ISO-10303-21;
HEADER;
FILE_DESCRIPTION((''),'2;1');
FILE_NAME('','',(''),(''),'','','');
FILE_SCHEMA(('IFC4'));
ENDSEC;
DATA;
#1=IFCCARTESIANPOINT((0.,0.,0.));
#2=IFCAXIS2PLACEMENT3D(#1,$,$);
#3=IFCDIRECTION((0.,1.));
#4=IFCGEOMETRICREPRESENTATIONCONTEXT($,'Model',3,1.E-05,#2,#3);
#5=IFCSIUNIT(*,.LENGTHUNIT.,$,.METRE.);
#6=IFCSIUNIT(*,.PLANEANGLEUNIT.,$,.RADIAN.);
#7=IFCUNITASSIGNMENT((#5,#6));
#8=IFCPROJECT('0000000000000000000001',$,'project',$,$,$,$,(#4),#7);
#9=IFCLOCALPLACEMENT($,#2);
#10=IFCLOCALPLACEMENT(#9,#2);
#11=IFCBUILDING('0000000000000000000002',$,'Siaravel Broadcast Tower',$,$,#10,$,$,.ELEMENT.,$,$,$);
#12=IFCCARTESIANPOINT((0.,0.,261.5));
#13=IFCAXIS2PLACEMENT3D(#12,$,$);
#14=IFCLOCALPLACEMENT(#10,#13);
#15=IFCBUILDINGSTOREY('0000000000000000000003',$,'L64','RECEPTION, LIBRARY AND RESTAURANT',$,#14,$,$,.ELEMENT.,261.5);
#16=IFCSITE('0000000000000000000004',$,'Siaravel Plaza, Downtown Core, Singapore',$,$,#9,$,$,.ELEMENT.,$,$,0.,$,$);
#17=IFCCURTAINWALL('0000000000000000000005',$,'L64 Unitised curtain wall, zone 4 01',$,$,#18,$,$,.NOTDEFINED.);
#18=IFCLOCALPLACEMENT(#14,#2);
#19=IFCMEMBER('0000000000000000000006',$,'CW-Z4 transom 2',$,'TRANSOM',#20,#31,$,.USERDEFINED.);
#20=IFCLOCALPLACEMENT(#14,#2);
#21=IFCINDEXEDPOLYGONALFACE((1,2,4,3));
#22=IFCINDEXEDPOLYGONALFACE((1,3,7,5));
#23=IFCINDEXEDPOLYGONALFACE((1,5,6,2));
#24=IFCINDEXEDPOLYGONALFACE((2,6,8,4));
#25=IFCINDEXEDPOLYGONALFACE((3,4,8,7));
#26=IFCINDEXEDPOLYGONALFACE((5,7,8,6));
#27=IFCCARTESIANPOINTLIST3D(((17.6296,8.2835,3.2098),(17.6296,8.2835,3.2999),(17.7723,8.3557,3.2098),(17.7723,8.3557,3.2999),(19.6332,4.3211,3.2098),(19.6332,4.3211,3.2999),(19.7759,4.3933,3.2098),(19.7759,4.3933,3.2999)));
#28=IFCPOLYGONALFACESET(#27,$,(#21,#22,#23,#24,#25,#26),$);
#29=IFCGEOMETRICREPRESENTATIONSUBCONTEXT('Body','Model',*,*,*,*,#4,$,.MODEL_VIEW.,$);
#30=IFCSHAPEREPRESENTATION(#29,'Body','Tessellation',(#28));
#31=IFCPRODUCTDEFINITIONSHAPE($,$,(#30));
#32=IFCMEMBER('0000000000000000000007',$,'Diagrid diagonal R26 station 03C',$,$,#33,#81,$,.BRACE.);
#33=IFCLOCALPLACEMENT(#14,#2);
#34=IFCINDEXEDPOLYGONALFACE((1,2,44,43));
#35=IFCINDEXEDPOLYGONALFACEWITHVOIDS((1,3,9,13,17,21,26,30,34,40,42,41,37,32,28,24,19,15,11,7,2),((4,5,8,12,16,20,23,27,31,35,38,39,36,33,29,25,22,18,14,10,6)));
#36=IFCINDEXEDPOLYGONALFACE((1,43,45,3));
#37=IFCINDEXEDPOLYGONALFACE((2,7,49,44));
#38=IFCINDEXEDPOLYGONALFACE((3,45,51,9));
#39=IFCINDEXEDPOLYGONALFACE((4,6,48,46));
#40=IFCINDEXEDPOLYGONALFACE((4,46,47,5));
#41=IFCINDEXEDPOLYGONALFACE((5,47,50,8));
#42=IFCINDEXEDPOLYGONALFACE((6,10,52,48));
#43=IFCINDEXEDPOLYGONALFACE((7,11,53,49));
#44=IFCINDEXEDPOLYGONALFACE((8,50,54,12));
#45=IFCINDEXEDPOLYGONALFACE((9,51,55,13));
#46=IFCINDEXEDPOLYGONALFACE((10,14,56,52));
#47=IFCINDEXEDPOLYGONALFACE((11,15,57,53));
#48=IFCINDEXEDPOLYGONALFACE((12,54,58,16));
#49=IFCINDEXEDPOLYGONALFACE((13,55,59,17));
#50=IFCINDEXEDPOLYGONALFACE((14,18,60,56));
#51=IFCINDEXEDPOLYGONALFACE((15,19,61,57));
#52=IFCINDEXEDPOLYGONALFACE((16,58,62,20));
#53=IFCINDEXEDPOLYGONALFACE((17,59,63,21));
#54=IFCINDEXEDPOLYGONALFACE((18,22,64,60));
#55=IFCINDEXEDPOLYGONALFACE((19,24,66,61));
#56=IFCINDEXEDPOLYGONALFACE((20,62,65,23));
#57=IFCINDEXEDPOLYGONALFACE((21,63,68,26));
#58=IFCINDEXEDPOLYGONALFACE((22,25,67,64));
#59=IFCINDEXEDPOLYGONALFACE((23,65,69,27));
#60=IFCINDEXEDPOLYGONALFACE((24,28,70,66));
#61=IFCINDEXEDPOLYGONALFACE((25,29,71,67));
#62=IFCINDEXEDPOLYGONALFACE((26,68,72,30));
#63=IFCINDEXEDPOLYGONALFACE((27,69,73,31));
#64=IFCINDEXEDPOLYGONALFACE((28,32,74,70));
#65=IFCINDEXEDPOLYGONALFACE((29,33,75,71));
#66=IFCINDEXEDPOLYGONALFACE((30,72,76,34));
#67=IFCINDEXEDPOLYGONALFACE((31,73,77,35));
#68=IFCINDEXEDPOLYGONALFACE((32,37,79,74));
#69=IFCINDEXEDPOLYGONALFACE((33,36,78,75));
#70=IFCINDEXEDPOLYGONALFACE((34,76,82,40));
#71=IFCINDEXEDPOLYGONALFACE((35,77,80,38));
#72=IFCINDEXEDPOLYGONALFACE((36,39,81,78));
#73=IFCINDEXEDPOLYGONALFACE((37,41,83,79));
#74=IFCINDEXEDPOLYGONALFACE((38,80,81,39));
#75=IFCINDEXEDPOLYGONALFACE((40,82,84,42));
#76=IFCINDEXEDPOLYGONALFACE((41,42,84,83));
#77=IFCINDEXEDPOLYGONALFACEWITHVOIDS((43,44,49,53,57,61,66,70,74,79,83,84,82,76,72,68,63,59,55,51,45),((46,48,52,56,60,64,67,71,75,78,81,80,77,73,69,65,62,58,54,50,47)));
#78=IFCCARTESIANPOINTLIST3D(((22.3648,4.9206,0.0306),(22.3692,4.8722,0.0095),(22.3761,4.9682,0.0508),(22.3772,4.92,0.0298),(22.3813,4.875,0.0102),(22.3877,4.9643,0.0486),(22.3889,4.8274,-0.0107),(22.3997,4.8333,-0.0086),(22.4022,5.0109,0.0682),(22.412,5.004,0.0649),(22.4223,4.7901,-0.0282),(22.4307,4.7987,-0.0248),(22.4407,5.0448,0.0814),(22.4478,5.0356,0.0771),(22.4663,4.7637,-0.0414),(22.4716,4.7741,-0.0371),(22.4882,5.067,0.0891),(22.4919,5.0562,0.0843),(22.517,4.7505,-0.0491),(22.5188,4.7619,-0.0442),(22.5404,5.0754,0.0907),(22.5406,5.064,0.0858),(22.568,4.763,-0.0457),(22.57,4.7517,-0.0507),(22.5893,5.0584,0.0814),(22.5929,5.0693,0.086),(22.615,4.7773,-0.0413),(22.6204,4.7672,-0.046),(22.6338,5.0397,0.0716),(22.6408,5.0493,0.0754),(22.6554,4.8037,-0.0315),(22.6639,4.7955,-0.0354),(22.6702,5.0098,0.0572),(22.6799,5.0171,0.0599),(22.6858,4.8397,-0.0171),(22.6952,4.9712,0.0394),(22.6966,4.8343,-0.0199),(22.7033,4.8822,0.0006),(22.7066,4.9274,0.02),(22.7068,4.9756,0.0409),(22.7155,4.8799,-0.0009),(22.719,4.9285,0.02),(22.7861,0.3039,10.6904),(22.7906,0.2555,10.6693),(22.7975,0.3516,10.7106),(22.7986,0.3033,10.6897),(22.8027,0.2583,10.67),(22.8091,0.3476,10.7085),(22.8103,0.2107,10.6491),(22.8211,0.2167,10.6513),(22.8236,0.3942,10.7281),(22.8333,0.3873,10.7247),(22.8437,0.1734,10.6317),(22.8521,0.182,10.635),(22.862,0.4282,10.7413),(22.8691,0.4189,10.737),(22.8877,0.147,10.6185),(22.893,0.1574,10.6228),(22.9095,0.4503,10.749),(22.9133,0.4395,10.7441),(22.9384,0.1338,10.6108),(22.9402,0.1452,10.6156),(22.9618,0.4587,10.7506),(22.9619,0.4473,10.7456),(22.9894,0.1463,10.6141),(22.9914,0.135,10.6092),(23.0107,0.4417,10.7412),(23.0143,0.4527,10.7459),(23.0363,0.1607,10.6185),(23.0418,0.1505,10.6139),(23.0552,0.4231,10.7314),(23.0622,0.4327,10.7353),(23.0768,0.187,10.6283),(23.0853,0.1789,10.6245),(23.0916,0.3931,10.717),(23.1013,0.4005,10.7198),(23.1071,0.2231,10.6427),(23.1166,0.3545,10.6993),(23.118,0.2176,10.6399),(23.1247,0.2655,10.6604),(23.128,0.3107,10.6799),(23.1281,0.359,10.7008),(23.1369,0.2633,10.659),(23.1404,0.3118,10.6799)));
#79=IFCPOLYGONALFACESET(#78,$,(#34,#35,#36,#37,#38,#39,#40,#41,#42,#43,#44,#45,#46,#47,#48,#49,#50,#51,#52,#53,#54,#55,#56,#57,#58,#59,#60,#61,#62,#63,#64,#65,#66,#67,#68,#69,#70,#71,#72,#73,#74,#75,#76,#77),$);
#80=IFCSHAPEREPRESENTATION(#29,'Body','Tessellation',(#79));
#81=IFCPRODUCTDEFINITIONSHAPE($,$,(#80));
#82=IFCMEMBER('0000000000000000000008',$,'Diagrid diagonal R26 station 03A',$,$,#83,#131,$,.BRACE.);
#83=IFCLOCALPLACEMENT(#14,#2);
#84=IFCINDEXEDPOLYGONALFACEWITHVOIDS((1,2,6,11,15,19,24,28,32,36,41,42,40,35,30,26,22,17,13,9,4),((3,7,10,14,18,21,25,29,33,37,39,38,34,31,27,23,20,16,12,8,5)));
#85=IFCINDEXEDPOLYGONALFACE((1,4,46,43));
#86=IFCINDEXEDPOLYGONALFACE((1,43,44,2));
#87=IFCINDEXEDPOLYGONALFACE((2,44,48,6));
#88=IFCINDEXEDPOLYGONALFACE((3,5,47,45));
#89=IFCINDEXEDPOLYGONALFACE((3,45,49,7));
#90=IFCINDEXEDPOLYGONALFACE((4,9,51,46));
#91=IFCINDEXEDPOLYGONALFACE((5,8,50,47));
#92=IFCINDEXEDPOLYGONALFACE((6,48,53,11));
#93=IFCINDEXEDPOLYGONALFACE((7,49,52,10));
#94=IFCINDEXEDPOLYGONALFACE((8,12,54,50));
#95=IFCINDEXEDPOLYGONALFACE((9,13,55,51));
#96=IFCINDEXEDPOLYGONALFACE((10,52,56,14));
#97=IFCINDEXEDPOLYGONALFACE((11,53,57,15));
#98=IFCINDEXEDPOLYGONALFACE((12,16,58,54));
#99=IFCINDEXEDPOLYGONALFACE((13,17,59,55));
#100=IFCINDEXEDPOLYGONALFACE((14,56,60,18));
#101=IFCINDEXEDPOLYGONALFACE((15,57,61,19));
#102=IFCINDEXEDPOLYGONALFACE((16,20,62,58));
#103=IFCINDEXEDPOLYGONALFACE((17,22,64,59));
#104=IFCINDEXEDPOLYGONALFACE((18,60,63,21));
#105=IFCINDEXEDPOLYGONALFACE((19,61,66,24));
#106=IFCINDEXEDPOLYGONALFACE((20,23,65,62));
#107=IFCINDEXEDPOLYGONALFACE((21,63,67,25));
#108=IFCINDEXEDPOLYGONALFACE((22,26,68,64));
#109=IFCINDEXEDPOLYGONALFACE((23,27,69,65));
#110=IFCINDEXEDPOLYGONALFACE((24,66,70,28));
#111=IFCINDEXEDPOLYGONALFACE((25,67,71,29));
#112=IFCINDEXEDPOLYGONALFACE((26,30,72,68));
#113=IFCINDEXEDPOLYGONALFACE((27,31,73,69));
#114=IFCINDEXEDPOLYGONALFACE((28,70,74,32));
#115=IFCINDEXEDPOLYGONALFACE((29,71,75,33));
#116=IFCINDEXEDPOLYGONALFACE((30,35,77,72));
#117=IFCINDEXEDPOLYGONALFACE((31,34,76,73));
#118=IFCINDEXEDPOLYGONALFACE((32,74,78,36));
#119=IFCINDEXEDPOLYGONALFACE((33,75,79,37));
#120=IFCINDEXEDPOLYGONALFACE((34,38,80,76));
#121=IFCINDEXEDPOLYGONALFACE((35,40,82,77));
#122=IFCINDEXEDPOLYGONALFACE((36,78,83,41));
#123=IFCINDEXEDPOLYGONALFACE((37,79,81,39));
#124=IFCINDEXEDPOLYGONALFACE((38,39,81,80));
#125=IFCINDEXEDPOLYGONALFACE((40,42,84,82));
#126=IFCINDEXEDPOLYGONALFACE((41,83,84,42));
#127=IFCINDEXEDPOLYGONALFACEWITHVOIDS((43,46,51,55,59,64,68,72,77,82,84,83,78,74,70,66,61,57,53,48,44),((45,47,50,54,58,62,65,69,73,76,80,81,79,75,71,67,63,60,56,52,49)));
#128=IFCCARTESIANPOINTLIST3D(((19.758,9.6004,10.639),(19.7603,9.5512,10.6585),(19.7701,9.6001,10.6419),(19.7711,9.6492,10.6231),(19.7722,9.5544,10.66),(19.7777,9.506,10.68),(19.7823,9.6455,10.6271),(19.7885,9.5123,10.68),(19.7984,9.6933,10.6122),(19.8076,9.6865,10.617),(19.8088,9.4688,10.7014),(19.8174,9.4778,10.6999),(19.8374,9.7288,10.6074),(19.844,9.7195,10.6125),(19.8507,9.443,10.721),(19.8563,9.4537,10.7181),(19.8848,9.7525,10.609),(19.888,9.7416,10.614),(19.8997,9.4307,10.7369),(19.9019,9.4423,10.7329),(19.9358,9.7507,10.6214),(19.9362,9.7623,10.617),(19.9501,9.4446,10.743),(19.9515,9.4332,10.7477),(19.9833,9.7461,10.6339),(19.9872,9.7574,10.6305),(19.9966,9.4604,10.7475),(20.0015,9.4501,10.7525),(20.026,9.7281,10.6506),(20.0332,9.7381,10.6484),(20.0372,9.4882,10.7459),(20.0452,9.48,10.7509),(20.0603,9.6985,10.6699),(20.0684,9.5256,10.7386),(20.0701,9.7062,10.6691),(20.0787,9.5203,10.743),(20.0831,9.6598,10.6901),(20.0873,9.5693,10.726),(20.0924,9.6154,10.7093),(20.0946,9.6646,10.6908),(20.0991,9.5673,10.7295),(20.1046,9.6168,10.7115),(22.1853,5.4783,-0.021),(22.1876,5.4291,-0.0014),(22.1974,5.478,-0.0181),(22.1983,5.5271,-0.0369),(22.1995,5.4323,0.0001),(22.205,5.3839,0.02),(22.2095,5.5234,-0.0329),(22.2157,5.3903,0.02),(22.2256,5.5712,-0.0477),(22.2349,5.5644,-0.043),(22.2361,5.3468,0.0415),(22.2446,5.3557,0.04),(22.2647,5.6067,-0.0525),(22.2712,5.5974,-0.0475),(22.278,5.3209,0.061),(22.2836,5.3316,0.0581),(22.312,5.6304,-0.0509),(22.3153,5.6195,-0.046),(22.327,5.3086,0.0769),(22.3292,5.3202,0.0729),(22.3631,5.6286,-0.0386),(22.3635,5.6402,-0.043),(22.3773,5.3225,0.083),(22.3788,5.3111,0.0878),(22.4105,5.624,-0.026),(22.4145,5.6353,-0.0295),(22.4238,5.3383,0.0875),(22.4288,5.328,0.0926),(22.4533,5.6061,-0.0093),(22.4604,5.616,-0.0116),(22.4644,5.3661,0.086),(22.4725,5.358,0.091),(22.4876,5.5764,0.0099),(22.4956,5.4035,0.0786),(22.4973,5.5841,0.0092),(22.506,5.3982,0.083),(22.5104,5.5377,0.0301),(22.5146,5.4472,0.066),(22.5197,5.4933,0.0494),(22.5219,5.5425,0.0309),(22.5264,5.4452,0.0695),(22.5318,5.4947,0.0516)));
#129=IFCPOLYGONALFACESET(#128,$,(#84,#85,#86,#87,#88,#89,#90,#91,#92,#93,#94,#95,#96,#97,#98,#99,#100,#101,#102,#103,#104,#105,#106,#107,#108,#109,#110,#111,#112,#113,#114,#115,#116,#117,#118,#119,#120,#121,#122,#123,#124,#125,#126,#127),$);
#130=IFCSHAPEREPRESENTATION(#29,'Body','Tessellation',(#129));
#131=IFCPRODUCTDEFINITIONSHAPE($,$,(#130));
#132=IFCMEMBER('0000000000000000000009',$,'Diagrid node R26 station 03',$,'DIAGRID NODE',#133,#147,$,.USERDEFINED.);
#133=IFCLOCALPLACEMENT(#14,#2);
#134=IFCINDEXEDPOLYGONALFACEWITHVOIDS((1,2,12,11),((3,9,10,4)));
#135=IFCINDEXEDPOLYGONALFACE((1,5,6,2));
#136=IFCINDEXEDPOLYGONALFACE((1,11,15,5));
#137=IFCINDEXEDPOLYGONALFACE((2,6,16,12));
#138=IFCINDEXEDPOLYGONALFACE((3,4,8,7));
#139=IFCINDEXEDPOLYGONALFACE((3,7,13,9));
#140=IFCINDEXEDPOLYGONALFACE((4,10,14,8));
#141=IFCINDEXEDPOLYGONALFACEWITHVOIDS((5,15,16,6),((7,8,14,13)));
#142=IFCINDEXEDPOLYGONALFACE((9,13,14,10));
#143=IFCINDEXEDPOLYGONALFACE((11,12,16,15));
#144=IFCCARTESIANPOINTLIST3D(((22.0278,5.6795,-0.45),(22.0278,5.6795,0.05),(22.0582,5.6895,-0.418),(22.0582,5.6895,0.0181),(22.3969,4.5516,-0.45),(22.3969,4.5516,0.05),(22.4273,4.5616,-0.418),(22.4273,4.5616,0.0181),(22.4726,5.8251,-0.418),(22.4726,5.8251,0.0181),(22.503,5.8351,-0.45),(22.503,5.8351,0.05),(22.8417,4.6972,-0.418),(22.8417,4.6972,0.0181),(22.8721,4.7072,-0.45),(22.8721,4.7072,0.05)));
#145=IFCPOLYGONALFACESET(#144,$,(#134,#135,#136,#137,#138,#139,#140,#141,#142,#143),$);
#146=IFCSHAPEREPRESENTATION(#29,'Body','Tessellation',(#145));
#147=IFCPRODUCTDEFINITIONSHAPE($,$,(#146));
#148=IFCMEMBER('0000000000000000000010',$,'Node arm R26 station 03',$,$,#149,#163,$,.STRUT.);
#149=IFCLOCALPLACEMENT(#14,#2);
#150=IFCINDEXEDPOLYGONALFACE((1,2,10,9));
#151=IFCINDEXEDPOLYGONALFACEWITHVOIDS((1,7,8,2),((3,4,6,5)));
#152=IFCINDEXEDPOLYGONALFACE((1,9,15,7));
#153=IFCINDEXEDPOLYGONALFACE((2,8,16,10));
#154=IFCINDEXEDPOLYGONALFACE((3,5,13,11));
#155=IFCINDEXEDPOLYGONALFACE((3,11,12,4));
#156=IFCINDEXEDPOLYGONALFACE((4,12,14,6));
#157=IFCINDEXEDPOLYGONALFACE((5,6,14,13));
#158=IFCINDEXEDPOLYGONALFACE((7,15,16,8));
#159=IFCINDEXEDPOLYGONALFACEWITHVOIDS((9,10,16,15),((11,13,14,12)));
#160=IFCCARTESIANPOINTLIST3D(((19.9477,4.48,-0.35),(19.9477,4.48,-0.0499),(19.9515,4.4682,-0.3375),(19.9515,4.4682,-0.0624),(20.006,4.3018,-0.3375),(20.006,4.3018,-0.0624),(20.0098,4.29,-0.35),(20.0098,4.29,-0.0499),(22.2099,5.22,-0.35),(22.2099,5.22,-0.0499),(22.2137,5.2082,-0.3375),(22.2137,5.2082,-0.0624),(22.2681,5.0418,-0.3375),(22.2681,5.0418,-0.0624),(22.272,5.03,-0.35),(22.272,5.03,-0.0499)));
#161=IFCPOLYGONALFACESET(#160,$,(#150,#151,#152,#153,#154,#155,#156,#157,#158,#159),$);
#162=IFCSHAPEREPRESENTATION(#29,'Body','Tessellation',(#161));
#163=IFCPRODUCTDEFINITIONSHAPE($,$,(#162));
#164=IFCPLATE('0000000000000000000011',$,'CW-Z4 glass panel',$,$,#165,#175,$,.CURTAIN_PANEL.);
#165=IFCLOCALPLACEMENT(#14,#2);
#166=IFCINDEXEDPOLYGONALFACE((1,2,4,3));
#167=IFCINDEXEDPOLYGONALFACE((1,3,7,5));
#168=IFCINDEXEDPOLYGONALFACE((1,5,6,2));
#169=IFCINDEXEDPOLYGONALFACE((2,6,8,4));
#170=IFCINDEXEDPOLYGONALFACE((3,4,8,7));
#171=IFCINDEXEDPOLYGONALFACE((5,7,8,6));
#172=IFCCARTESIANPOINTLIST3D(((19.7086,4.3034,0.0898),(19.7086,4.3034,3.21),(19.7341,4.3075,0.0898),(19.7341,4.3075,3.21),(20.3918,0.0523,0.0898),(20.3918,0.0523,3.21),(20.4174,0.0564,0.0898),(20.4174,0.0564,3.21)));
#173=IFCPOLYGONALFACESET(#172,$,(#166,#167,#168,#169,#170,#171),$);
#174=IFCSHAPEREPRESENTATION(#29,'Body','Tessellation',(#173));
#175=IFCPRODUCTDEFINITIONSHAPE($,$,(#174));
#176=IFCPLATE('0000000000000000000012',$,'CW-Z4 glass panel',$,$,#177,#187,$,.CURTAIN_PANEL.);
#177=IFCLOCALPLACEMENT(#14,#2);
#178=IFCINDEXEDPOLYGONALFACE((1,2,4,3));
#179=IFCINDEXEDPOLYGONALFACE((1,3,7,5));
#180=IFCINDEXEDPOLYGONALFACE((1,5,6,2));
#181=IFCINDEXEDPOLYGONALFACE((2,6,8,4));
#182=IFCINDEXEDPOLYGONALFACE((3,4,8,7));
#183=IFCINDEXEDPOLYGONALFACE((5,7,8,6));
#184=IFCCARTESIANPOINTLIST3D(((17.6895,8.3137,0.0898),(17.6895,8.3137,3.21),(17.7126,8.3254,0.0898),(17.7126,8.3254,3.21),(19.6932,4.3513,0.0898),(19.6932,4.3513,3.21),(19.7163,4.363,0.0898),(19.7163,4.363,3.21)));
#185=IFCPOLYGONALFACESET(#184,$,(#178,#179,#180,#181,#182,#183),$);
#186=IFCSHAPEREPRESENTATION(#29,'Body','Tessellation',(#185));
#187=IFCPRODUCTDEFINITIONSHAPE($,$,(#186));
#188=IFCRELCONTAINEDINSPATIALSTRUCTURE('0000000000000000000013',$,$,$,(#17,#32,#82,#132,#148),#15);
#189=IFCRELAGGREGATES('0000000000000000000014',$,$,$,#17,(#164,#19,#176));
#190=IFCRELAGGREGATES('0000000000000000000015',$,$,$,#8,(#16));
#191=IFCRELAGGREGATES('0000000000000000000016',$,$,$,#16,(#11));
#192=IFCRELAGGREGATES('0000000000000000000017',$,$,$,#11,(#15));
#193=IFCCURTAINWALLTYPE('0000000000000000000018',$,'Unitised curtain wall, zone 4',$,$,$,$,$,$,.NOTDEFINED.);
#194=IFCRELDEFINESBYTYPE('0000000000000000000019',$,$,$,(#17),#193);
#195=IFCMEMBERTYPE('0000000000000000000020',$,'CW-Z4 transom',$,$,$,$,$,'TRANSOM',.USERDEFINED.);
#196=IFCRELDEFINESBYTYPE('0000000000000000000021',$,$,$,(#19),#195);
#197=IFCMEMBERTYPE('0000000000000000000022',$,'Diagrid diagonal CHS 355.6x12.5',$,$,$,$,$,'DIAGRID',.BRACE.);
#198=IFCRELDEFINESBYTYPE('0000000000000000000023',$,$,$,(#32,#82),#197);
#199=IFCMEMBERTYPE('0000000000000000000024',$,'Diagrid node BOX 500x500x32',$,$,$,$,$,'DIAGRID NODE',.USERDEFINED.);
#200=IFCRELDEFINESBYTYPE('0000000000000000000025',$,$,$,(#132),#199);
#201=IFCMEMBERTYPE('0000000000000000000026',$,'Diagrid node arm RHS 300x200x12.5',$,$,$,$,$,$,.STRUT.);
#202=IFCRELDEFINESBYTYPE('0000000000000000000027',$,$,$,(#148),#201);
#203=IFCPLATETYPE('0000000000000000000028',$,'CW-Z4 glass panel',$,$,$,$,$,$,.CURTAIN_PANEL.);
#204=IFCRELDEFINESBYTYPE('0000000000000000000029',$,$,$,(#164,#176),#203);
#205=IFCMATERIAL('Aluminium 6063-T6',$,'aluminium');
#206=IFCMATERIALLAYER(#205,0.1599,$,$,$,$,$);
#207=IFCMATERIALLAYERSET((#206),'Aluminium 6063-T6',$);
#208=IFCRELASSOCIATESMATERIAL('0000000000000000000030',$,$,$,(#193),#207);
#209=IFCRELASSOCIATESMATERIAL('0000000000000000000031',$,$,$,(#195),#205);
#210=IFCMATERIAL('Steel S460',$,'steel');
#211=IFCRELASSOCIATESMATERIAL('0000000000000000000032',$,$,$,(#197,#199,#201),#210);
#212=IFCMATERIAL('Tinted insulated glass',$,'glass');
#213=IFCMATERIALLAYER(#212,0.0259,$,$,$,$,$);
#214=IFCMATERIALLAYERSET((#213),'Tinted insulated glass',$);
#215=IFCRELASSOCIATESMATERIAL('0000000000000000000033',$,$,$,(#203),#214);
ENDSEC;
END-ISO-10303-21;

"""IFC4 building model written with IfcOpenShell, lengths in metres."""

from ifc_helpers import new_model, si_unit, direction, frame, origin, origin_2d, place, context, subcontext, project, spatial, rectangle, hollow_rectangle, hollow_circle, extrude, material, layer, layer_set, material_profile, profile_set, type_object, element, aggregate, save


model = new_model("IFC4")

# Units and contexts
model_context = context("Model", 3, precision=1e-05, world=origin(), true_north=direction((0.0, 1.0)))
body_context = subcontext(model_context, "Body", "Model", "MODEL_VIEW")
ifc_project = project(units=[si_unit("LENGTHUNIT", "METRE"), si_unit("PLANEANGLEUNIT", "RADIAN")], contexts=[model_context])

# Site, building, storey
site_placement = place(None, origin())
site = spatial("IfcSite", under=ifc_project, at=site_placement, Name="Siaravel Plaza, Downtown Core, Singapore", CompositionType="ELEMENT", RefElevation=0.0)
building_placement = place(site_placement, origin())
building = spatial("IfcBuilding", under=site, at=building_placement, Name="Siaravel Broadcast Tower", CompositionType="ELEMENT")
storey_placement = place(building_placement, frame((0.0, 0.0, 261.5)))
storey = spatial("IfcBuildingStorey", under=building, at=storey_placement, Name="L64", Description="RECEPTION, LIBRARY AND RESTAURANT", CompositionType="ELEMENT", Elevation=261.5)

# Curtain wall, member
ifc_material_1 = material(Name="Aluminium 6063-T6", Category="aluminium")
ifc_layer_1 = layer(ifc_material_1, 0.1599)
ifc_layer_set_1 = layer_set([ifc_layer_1], Name="Aluminium 6063-T6")
curtain_wall_type = type_object("IfcCurtainWallType", Name="Unitised curtain wall, zone 4", PredefinedType="NOTDEFINED", material=ifc_layer_set_1)
curtain_wall_placement = place(storey_placement, origin())
curtain_wall = element("IfcCurtainWall", 1, at=curtain_wall_placement, inside=storey, type_object=curtain_wall_type, Name="L64 Unitised curtain wall, zone 4 01", PredefinedType="NOTDEFINED")
ifc_material_profile_1 = material_profile(ifc_material_1, rectangle(XDim=0.1599, YDim=0.0901, at=origin_2d()))
ifc_profile_set_1 = profile_set([ifc_material_profile_1], Name="Aluminium 6063-T6")
member_type_1 = type_object("IfcMemberType", Name="CW-Z4 transom", ElementType="TRANSOM", PredefinedType="USERDEFINED", material=ifc_profile_set_1)
member_1_placement = place(storey_placement, frame((19.7046, 4.3572, 3.2549), z_axis=(-0.451256, 0.892395, 0.0), x_axis=(-0.892395, -0.451256, 0.0)))
member_1 = element("IfcMember", 2, at=member_1_placement, type_object=member_type_1, Name="CW-Z4 transom 2", ObjectType="TRANSOM", PredefinedType="USERDEFINED", context=body_context, shape_type="SweptSolid", body=[
    extrude(rectangle(XDim=0.1599, YDim=0.0901, at=origin_2d()), origin(), (0.0, 0.0, 1.0), 4.4402),
])

# Members
ifc_material_2 = material(Name="Steel S460", Category="steel")
ifc_material_profile_2 = material_profile(ifc_material_2, hollow_circle(Radius=0.1777, WallThickness=0.0125, at=origin_2d()))
ifc_profile_set_2 = profile_set([ifc_material_profile_2], Name="Steel S460")
member_type_2 = type_object("IfcMemberType", Name="Diagrid diagonal CHS 355.6x12.5", ElementType="DIAGRID", PredefinedType="BRACE", material=ifc_profile_set_2)
member_2_placement = place(storey_placement, frame((22.542, 4.9124, 0.02), z_axis=(0.03625, -0.397158, 0.917034), x_axis=(0.99586, 0.090897, 0.0)))
element("IfcMember", 3, at=member_2_placement, inside=storey, type_object=member_type_2, Name="Diagrid diagonal R26 station 03C", PredefinedType="BRACE", context=body_context, shape_type="SweptSolid", body=[
    extrude(hollow_circle(Radius=0.1777, WallThickness=0.0125, at=origin_2d()), origin(), (0.0, 0.0, 1.0), 11.6243),
])
member_3_placement = place(storey_placement, frame((22.3582, 5.4741, 0.02), z_axis=(-0.20774, 0.352795, 0.912348), x_axis=(-0.861706, -0.507408, 0.0)))
element("IfcMember", 4, at=member_3_placement, inside=storey, type_object=member_type_2, Name="Diagrid diagonal R26 station 03A", PredefinedType="BRACE", context=body_context, shape_type="SweptSolid", body=[
    extrude(hollow_circle(Radius=0.1777, WallThickness=0.0125, at=origin_2d()), origin(), (0.0, 0.0, 1.0), 11.6841),
])
ifc_material_profile_3 = material_profile(ifc_material_2, hollow_rectangle(XDim=0.5, YDim=0.5, WallThickness=0.032, at=origin_2d()))
ifc_profile_set_3 = profile_set([ifc_material_profile_3], Name="Steel S460")
member_type_3 = type_object("IfcMemberType", Name="Diagrid node BOX 500x500x32", ElementType="DIAGRID NODE", PredefinedType="USERDEFINED", material=ifc_profile_set_3)
member_4_placement = place(storey_placement, frame((22.6345, 4.6294, -0.2), z_axis=(-0.311039, 0.950397, 0.0), x_axis=(-0.950397, -0.311039, 0.0)))
element("IfcMember", 5, at=member_4_placement, inside=storey, type_object=member_type_3, Name="Diagrid node R26 station 03", ObjectType="DIAGRID NODE", PredefinedType="USERDEFINED", context=body_context, shape_type="SweptSolid", body=[
    extrude(hollow_rectangle(XDim=0.5, YDim=0.5, WallThickness=0.032, at=origin_2d()), origin(), (0.0, 0.0, 1.0), 1.1868),
])
ifc_material_profile_4 = material_profile(ifc_material_2, hollow_rectangle(XDim=0.2, YDim=0.3, WallThickness=0.0125, at=origin_2d()))
ifc_profile_set_4 = profile_set([ifc_material_profile_4], Name="Steel S460")
member_type_4 = type_object("IfcMemberType", Name="Diagrid node arm RHS 300x200x12.5", PredefinedType="STRUT", material=ifc_profile_set_4)
member_5_placement = place(storey_placement, frame((19.9788, 4.385, -0.2), z_axis=(0.950443, 0.310899, 0.0), x_axis=(-0.310899, 0.950443, 0.0)))
element("IfcMember", 6, at=member_5_placement, inside=storey, type_object=member_type_4, Name="Node arm R26 station 03", PredefinedType="STRUT", context=body_context, shape_type="SweptSolid", body=[
    extrude(hollow_rectangle(XDim=0.2, YDim=0.3, WallThickness=0.0125, at=origin_2d()), origin(), (0.0, 0.0, 1.0), 2.3801),
])

# Plates
ifc_material_3 = material(Name="Tinted insulated glass", Category="glass")
ifc_layer_2 = layer(ifc_material_3, 0.0259)
ifc_layer_set_2 = layer_set([ifc_layer_2], Name="Tinted insulated glass")
plate_type = type_object("IfcPlateType", Name="CW-Z4 glass panel", PredefinedType="CURTAIN_PANEL", material=ifc_layer_set_2)
plate_1_placement = place(storey_placement, frame((20.063, 2.1799, 0.0898), z_axis=(0.0, 0.0, 1.0), x_axis=(-0.158685, 0.987329, 0.0)))
plate_1 = element("IfcPlate", 7, at=plate_1_placement, type_object=plate_type, Name="CW-Z4 glass panel", PredefinedType="CURTAIN_PANEL", context=body_context, shape_type="SweptSolid", body=[
    extrude(rectangle(XDim=4.3057, YDim=0.0259, at=origin_2d()), origin(), (0.0, 0.0, 1.0), 3.1201),
])
plate_2_placement = place(storey_placement, frame((18.7029, 6.3384, 0.0898), z_axis=(0.0, 0.0, 1.0), x_axis=(-0.451259, 0.892393, 0.0)))
plate_2 = element("IfcPlate", 8, at=plate_2_placement, type_object=plate_type, Name="CW-Z4 glass panel", PredefinedType="CURTAIN_PANEL", context=body_context, shape_type="SweptSolid", body=[
    extrude(rectangle(XDim=4.4402, YDim=0.0259, at=origin_2d()), origin(), (0.0, 0.0, 1.0), 3.1201),
])
aggregate(curtain_wall, [plate_1, member_1, plate_2])

save(model, "model.ifc")
